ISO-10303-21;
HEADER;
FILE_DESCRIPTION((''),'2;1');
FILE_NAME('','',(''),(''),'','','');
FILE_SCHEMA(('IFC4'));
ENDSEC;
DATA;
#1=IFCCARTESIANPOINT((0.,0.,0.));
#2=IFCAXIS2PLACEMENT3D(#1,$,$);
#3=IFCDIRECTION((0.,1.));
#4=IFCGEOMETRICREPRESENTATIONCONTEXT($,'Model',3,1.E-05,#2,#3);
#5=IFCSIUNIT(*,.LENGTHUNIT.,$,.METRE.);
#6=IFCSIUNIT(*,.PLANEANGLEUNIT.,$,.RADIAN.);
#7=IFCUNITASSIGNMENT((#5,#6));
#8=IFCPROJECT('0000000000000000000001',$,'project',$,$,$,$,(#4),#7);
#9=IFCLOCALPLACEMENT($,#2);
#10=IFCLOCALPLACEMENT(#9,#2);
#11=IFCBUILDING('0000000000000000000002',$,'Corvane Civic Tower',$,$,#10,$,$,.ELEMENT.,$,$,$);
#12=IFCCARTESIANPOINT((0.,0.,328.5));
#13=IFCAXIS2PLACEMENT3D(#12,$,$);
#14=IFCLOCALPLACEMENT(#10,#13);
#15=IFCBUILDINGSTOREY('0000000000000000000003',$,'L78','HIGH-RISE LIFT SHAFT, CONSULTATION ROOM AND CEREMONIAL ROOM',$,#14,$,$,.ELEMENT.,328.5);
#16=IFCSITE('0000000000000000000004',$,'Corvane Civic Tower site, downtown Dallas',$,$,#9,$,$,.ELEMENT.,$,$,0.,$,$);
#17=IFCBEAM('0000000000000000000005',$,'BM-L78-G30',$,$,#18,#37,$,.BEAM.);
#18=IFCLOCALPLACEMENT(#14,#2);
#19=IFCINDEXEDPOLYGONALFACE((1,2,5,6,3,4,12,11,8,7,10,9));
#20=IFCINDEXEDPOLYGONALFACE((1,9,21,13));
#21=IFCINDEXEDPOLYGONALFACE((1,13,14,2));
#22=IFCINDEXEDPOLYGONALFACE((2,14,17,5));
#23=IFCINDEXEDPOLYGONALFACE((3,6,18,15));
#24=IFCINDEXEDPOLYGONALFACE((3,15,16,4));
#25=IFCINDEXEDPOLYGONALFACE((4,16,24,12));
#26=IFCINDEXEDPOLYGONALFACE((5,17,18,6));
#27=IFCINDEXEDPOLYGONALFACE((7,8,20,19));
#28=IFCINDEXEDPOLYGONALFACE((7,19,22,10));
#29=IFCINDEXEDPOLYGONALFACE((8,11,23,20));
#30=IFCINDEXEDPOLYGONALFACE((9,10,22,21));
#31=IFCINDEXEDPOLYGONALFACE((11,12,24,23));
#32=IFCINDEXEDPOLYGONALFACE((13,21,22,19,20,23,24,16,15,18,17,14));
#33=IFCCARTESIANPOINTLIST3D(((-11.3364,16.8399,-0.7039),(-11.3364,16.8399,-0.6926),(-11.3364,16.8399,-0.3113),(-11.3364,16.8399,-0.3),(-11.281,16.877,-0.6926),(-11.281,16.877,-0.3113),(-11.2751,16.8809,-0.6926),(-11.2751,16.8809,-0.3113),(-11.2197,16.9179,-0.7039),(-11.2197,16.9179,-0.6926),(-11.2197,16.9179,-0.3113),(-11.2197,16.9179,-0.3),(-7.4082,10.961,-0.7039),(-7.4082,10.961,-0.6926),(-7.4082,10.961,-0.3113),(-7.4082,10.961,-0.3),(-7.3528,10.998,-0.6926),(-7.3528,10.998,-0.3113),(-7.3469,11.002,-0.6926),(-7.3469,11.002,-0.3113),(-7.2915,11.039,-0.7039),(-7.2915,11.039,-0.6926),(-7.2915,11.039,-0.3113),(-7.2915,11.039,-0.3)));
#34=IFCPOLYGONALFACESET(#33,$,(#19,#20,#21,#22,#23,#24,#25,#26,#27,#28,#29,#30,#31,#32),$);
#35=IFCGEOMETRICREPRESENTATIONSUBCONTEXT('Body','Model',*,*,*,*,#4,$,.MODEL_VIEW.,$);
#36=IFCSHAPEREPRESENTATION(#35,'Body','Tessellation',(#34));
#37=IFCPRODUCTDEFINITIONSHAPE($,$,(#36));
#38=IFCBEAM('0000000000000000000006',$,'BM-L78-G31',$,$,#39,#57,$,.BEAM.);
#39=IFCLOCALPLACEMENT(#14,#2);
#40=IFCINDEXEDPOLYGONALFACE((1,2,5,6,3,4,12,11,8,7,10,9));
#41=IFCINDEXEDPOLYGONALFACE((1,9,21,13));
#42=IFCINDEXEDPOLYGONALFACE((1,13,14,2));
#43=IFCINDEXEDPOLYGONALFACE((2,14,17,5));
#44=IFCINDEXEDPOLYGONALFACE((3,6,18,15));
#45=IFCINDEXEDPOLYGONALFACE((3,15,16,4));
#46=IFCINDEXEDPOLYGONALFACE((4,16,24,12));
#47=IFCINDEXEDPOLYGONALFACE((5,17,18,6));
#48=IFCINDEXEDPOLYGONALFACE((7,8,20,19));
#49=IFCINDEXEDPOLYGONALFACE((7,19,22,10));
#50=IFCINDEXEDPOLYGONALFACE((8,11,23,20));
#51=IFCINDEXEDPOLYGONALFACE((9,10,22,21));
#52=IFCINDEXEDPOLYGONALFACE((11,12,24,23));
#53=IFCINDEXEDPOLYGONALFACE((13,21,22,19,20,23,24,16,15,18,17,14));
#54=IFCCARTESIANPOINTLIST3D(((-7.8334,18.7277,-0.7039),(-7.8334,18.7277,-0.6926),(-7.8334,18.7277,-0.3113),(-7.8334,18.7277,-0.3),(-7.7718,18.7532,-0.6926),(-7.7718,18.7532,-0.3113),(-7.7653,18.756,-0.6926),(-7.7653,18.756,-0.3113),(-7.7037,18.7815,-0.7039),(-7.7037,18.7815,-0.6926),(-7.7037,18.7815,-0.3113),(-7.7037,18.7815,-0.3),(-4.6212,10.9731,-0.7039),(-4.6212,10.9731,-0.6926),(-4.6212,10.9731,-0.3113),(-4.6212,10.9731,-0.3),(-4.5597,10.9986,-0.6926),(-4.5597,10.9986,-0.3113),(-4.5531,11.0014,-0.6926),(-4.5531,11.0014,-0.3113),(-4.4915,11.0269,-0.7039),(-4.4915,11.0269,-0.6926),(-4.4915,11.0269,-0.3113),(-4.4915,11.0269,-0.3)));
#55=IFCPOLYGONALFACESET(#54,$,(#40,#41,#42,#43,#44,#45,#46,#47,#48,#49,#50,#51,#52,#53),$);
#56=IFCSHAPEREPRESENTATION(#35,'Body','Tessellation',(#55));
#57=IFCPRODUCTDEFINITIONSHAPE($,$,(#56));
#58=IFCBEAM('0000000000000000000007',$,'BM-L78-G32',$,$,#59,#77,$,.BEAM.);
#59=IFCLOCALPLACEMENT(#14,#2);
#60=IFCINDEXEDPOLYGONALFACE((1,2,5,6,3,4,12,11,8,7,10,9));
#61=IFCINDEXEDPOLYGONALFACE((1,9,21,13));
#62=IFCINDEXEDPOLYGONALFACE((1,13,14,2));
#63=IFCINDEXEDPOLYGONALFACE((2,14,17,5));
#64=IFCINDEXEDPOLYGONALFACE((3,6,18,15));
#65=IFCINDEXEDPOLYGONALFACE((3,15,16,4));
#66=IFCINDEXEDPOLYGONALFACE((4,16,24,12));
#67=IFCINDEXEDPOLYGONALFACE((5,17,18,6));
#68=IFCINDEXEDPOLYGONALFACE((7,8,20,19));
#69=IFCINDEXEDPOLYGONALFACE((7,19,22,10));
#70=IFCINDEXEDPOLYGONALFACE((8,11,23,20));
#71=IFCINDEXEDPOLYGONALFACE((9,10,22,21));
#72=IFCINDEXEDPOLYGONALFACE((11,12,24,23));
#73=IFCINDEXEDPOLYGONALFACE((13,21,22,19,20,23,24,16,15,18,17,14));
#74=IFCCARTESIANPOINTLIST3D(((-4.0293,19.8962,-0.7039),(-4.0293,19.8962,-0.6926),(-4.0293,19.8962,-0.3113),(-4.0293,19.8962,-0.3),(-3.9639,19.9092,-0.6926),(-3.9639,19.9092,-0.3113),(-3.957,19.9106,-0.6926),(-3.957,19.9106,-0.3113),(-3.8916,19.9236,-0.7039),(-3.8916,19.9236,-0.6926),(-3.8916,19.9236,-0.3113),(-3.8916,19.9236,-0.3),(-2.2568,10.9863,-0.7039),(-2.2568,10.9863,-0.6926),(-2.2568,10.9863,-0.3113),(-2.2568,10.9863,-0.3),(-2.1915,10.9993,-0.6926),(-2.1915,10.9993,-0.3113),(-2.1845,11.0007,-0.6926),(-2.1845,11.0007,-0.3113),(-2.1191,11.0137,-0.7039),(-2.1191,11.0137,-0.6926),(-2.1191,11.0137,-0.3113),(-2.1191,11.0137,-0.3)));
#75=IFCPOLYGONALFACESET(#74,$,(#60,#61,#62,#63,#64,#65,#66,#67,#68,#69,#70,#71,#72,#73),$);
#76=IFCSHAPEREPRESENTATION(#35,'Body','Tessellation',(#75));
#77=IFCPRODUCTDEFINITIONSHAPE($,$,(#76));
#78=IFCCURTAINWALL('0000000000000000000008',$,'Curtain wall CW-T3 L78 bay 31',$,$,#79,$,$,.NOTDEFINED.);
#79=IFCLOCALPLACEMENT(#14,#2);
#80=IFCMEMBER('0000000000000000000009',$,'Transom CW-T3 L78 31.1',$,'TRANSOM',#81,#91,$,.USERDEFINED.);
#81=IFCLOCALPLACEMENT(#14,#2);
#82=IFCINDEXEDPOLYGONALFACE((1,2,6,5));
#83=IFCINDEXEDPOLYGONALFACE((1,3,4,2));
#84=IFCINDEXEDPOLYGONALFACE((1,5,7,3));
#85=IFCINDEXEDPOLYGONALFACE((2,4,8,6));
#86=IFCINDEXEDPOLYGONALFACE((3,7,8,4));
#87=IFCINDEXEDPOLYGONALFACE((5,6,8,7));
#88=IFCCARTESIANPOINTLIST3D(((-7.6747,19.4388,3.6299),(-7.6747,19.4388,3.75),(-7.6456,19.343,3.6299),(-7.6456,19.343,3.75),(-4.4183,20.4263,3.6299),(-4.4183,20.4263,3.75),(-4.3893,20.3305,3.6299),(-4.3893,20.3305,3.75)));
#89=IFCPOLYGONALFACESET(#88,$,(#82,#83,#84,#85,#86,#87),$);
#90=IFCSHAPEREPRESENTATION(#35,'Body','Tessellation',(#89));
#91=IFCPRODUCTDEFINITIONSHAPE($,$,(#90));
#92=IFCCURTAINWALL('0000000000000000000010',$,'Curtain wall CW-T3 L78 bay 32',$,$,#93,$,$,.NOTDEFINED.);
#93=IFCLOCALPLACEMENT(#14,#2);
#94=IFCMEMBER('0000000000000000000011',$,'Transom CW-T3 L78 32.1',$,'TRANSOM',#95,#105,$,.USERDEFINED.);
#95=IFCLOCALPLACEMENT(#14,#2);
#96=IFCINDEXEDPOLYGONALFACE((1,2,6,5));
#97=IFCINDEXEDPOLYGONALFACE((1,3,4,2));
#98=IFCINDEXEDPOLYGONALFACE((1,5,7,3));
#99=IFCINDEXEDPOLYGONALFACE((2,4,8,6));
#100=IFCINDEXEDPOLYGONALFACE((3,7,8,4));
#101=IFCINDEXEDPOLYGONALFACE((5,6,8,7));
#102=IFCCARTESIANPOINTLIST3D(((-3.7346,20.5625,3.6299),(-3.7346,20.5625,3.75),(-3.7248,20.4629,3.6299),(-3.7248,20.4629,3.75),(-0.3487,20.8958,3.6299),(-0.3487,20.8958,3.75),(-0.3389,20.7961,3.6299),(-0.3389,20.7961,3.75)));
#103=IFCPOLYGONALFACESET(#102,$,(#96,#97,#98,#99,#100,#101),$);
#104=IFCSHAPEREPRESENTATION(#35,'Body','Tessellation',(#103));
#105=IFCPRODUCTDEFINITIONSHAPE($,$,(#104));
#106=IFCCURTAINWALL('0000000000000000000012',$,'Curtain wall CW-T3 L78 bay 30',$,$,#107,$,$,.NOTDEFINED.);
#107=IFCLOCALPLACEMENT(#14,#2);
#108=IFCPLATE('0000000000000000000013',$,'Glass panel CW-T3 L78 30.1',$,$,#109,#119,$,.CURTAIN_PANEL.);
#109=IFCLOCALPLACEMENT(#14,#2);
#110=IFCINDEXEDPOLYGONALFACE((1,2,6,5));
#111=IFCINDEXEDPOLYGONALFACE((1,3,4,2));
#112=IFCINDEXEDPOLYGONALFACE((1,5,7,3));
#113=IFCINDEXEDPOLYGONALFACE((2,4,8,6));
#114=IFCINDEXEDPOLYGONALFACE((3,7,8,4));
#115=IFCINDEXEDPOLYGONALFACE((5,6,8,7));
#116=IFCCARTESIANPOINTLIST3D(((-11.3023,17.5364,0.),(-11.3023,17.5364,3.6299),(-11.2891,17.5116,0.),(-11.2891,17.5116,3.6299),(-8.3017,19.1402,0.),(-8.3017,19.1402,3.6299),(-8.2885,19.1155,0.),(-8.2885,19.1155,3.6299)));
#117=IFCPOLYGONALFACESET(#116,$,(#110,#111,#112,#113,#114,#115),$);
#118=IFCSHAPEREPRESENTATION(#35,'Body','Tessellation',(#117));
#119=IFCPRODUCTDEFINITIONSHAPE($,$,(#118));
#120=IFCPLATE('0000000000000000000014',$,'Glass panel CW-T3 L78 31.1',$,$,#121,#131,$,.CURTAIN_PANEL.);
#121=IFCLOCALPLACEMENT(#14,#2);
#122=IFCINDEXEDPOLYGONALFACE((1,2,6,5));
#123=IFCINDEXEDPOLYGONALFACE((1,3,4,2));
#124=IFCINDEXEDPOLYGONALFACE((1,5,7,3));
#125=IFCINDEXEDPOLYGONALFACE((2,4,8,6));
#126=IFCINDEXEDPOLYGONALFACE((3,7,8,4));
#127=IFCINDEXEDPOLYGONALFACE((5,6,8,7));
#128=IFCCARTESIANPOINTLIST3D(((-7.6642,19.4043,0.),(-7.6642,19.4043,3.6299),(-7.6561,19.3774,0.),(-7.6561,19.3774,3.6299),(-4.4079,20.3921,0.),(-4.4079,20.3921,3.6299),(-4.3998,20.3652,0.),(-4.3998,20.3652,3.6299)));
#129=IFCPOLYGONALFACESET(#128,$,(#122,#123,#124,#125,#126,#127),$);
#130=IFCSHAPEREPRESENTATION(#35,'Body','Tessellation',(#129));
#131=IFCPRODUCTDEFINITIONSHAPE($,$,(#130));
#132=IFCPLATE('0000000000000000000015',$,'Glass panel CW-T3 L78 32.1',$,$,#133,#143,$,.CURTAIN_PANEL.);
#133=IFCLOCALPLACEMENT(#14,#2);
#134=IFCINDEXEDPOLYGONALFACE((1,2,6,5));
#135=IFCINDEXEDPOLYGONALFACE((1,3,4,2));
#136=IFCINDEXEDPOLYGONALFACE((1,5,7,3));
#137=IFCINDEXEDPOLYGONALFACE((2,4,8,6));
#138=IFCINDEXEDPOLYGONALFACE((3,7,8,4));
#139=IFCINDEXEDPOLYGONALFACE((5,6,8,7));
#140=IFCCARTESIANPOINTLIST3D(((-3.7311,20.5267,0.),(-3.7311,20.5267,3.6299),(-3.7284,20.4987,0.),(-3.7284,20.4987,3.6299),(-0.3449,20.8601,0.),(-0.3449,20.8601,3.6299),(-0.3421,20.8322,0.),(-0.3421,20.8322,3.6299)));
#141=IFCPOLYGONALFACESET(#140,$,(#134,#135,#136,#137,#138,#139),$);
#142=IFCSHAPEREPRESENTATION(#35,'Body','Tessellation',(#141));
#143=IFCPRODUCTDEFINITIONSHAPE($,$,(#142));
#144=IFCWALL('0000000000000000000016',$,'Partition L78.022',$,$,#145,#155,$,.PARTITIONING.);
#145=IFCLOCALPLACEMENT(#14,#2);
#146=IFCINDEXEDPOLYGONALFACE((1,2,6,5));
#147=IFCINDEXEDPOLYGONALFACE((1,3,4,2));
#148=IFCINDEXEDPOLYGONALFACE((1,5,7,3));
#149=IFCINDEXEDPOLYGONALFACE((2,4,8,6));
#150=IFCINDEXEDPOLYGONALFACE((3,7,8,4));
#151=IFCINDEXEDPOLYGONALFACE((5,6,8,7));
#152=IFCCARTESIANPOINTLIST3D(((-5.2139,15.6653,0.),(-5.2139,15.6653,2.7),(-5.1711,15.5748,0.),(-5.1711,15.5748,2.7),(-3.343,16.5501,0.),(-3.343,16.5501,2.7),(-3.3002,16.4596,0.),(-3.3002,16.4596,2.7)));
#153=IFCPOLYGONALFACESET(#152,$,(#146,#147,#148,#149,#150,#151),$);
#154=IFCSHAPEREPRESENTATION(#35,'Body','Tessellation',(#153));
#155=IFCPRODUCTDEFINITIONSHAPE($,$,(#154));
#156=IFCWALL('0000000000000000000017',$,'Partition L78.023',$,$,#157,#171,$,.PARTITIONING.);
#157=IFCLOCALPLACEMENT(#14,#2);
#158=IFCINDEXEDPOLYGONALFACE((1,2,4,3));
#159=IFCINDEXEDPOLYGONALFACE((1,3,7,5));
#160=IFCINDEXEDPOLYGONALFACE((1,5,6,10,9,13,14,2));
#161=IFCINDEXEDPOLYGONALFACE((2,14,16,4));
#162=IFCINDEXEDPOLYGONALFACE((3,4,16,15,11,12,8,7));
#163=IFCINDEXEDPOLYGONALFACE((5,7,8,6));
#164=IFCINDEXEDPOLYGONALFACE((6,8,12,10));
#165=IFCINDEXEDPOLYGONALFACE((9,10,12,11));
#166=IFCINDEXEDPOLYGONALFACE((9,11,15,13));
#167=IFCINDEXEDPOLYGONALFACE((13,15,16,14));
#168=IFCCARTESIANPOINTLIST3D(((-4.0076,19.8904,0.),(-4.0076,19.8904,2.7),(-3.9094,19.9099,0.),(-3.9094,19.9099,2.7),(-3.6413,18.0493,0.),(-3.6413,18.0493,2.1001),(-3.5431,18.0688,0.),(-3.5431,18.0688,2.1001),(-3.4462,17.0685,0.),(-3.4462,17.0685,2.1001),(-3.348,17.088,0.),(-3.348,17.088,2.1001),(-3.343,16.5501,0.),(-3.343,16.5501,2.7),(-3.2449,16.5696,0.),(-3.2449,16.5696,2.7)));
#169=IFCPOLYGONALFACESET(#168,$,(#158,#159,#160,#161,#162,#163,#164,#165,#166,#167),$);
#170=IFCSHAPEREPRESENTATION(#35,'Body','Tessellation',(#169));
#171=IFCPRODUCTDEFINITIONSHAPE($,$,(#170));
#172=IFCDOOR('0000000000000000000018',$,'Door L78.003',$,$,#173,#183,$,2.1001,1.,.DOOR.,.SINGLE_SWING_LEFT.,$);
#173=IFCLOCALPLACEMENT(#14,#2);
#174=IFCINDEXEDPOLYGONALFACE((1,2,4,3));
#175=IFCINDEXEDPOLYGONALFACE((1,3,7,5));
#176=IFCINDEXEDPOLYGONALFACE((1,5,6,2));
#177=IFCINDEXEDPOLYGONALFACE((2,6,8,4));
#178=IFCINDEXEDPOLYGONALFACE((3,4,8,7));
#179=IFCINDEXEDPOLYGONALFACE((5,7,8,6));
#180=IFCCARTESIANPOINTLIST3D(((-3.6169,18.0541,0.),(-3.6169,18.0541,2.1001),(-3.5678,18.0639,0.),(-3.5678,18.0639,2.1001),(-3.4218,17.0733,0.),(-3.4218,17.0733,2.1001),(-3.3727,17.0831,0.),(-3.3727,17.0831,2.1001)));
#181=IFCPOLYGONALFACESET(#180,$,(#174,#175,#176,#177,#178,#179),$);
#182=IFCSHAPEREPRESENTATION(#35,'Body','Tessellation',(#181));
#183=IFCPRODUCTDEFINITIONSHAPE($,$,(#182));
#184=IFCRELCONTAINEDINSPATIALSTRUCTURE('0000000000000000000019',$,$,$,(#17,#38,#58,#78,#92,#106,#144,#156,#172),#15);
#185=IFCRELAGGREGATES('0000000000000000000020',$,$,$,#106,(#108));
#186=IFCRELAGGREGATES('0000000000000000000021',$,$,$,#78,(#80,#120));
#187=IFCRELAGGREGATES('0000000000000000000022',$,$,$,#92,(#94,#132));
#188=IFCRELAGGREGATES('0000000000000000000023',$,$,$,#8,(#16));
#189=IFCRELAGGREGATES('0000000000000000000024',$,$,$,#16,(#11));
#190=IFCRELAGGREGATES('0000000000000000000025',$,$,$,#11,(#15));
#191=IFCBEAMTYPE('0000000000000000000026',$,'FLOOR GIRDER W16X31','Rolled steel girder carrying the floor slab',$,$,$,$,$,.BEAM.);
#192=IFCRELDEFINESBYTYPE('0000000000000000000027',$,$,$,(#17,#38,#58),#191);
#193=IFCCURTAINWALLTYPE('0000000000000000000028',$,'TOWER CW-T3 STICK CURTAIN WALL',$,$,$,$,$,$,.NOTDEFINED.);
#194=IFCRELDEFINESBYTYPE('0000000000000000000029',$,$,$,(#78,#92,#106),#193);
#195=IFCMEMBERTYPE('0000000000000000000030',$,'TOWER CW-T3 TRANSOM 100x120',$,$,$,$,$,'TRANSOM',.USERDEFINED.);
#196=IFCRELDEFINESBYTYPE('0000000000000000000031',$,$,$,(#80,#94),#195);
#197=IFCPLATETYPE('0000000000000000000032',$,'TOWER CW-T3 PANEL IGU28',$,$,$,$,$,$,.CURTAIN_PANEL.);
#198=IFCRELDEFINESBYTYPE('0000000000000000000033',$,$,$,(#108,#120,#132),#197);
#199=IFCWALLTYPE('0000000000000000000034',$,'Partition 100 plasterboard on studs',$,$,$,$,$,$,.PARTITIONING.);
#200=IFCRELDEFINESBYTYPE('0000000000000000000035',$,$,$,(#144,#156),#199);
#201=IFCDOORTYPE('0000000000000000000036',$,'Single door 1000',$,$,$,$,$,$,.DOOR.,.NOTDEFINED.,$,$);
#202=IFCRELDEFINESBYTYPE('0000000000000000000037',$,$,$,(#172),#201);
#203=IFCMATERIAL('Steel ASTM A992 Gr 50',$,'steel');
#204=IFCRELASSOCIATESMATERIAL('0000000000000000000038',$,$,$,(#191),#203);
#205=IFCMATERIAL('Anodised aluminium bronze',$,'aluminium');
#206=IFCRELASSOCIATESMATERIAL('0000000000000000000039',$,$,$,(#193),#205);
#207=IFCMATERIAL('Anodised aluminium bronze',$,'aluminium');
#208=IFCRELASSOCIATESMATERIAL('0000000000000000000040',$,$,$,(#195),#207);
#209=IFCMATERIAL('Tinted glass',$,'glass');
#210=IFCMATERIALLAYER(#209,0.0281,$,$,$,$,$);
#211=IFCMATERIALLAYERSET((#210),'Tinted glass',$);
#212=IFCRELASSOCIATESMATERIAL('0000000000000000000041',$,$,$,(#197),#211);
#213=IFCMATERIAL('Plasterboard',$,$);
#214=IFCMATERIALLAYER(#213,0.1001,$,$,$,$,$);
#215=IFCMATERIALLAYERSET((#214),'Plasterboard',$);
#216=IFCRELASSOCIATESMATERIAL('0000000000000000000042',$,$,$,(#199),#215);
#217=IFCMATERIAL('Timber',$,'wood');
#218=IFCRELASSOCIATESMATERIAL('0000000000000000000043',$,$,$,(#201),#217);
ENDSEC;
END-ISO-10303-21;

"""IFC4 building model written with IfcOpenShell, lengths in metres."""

from ifc_helpers import new_model, si_unit, direction, frame, frame_2d, origin, origin_2d, place, context, subcontext, project, spatial, rectangle, i_section, extrude, material, layer, layer_set, material_profile, profile_set, type_object, element, fill, aggregate, save


model = new_model("IFC4")

# Units and contexts
model_context = context("Model", 3, precision=1e-05, world=origin(), true_north=direction((0.0, 1.0)))
body_context = subcontext(model_context, "Body", "Model", "MODEL_VIEW")
ifc_project = project(units=[si_unit("LENGTHUNIT", "METRE"), si_unit("PLANEANGLEUNIT", "RADIAN")], contexts=[model_context])

# Site, building, storey
site_placement = place(None, origin())
site = spatial("IfcSite", under=ifc_project, at=site_placement, Name="Corvane Civic Tower site, downtown Dallas", CompositionType="ELEMENT", RefElevation=0.0)
building_placement = place(site_placement, origin())
building = spatial("IfcBuilding", under=site, at=building_placement, Name="Corvane Civic Tower", CompositionType="ELEMENT")
storey_placement = place(building_placement, frame((0.0, 0.0, 328.5)))
storey = spatial("IfcBuildingStorey", under=building, at=storey_placement, Name="L78", Description="HIGH-RISE LIFT SHAFT, CONSULTATION ROOM AND CEREMONIAL ROOM", CompositionType="ELEMENT", Elevation=328.5)

# Beams
ifc_material_1 = material(Name="Steel ASTM A992 Gr 50", Category="steel")
ifc_material_profile_1 = material_profile(ifc_material_1, i_section(OverallWidth=0.1404, OverallDepth=0.4038, WebThickness=0.0071, FlangeThickness=0.0112, at=origin_2d()), Name="W16X31")
ifc_profile_set_1 = profile_set([ifc_material_profile_1], Name="Steel ASTM A992 Gr 50")
beam_type_1 = type_object("IfcBeamType", Name="FLOOR GIRDER W16X31", Description="Rolled steel girder carrying the floor slab", PredefinedType="BEAM", material=ifc_profile_set_1)
beam_1_placement = place(storey_placement, frame((-7.3499, 11.0, -0.502), z_axis=(-0.555576, 0.831465, 0.0), x_axis=(-0.831465, -0.555576, 0.0)))
element("IfcBeam", 1, at=beam_1_placement, inside=storey, type_object=beam_type_1, Name="BM-L78-G30", PredefinedType="BEAM", context=body_context, shape_type="SweptSolid", body=[
    extrude(i_section(OverallWidth=0.1404, OverallDepth=0.4038, WebThickness=0.0071, FlangeThickness=0.0112, at=origin_2d()), origin(), (0.0, 0.0, 1.0), 7.0706),
])
beam_2_placement = place(storey_placement, frame((-4.5564, 11.0, -0.502), z_axis=(-0.382692, 0.923876, 0.0), x_axis=(-0.923876, -0.382692, 0.0)))
element("IfcBeam", 2, at=beam_2_placement, inside=storey, type_object=beam_type_1, Name="BM-L78-G31", PredefinedType="BEAM", context=body_context, shape_type="SweptSolid", body=[
    extrude(i_section(OverallWidth=0.1404, OverallDepth=0.4038, WebThickness=0.0071, FlangeThickness=0.0112, at=origin_2d()), origin(), (0.0, 0.0, 1.0), 8.3936),
])
beam_3_placement = place(storey_placement, frame((-2.188, 11.0, -0.502), z_axis=(-0.195108, 0.980782, 0.0), x_axis=(-0.980782, -0.195108, 0.0)))
element("IfcBeam", 3, at=beam_3_placement, inside=storey, type_object=beam_type_1, Name="BM-L78-G32", PredefinedType="BEAM", context=body_context, shape_type="SweptSolid", body=[
    extrude(i_section(OverallWidth=0.1404, OverallDepth=0.4038, WebThickness=0.0071, FlangeThickness=0.0112, at=origin_2d()), origin(), (0.0, 0.0, 1.0), 9.0845),
])

# Curtain walls, members
ifc_material_2 = material(Name="Anodised aluminium bronze", Category="aluminium")
curtain_wall_type = type_object("IfcCurtainWallType", Name="TOWER CW-T3 STICK CURTAIN WALL", PredefinedType="NOTDEFINED", material=ifc_material_2)
curtain_wall_1_placement = place(storey_placement, origin())
curtain_wall_1 = element("IfcCurtainWall", 4, at=curtain_wall_1_placement, inside=storey, type_object=curtain_wall_type, Name="Curtain wall CW-T3 L78 bay 31", PredefinedType="NOTDEFINED")
ifc_material_3 = material(Name="Anodised aluminium bronze", Category="aluminium")
ifc_material_profile_2 = material_profile(ifc_material_3, rectangle(XDim=0.1001, YDim=0.1201, at=origin_2d()), Name="TOWER CW-T3 TRANSOM 100x120")
ifc_profile_set_2 = profile_set([ifc_material_profile_2], Name="Anodised aluminium bronze")
member_type = type_object("IfcMemberType", Name="TOWER CW-T3 TRANSOM 100x120", ElementType="TRANSOM", PredefinedType="USERDEFINED", material=ifc_profile_set_2)
member_1_placement = place(storey_placement, frame((-7.6602, 19.3909, 3.6899), z_axis=(0.956961, 0.290216, 0.0), x_axis=(-0.290216, 0.956961, 0.0)))
member_1 = element("IfcMember", 5, at=member_1_placement, type_object=member_type, Name="Transom CW-T3 L78 31.1", ObjectType="TRANSOM", PredefinedType="USERDEFINED", context=body_context, shape_type="SweptSolid", body=[
    extrude(rectangle(XDim=0.1001, YDim=0.1201, at=origin_2d()), origin(), (0.0, 0.0, 1.0), 3.4028),
])
curtain_wall_2_placement = place(storey_placement, origin())
curtain_wall_2 = element("IfcCurtainWall", 6, at=curtain_wall_2_placement, inside=storey, type_object=curtain_wall_type, Name="Curtain wall CW-T3 L78 bay 32", PredefinedType="NOTDEFINED")
member_2_placement = place(storey_placement, frame((-3.7297, 20.5127, 3.6899), z_axis=(0.995192, 0.097948, 0.0), x_axis=(-0.097948, 0.995192, 0.0)))
member_2 = element("IfcMember", 7, at=member_2_placement, type_object=member_type, Name="Transom CW-T3 L78 32.1", ObjectType="TRANSOM", PredefinedType="USERDEFINED", context=body_context, shape_type="SweptSolid", body=[
    extrude(rectangle(XDim=0.1001, YDim=0.1201, at=origin_2d()), origin(), (0.0, 0.0, 1.0), 3.4023),
])

# Curtain wall, plate
curtain_wall_3_placement = place(storey_placement, origin())
curtain_wall_3 = element("IfcCurtainWall", 8, at=curtain_wall_3_placement, inside=storey, type_object=curtain_wall_type, Name="Curtain wall CW-T3 L78 bay 30", PredefinedType="NOTDEFINED")
ifc_material_4 = material(Name="Tinted glass", Category="glass")
ifc_layer_1 = layer(ifc_material_4, 0.0281)
ifc_layer_set_1 = layer_set([ifc_layer_1], Name="Tinted glass")
plate_type = type_object("IfcPlateType", Name="TOWER CW-T3 PANEL IGU28", PredefinedType="CURTAIN_PANEL", material=ifc_layer_set_1)
plate_1_placement = place(storey_placement, frame((-9.7954, 18.3259, 0.0), z_axis=(0.0, 0.0, 1.0), x_axis=(0.881928, 0.471384, 0.0)))
plate_1 = element("IfcPlate", 9, at=plate_1_placement, type_object=plate_type, Name="Glass panel CW-T3 L78 30.1", PredefinedType="CURTAIN_PANEL", context=body_context, shape_type="SweptSolid", body=[
    extrude(rectangle(XDim=3.4023, YDim=0.0281, at=origin_2d()), origin(), (0.0, 0.0, 1.0), 3.6299),
])
aggregate(curtain_wall_3, [plate_1])

# Plates
plate_2_placement = place(storey_placement, frame((-6.032, 19.8848, 0.0), z_axis=(0.0, 0.0, 1.0), x_axis=(0.956939, 0.29029, 0.0)))
plate_2 = element("IfcPlate", 10, at=plate_2_placement, type_object=plate_type, Name="Glass panel CW-T3 L78 31.1", PredefinedType="CURTAIN_PANEL", context=body_context, shape_type="SweptSolid", body=[
    extrude(rectangle(XDim=3.4028, YDim=0.0281, at=origin_2d()), origin(), (0.0, 0.0, 1.0), 3.6299),
])
aggregate(curtain_wall_1, [member_1, plate_2])
plate_3_placement = place(storey_placement, frame((-2.0366, 20.6794, 0.0), z_axis=(0.0, 0.0, 1.0), x_axis=(0.995187, 0.097998, 0.0)))
plate_3 = element("IfcPlate", 11, at=plate_3_placement, type_object=plate_type, Name="Glass panel CW-T3 L78 32.1", PredefinedType="CURTAIN_PANEL", context=body_context, shape_type="SweptSolid", body=[
    extrude(rectangle(XDim=3.4026, YDim=0.0281, at=origin_2d()), origin(), (0.0, 0.0, 1.0), 3.6299),
])
aggregate(curtain_wall_2, [member_2, plate_3])

# Wall
ifc_material_5 = material(Name="Plasterboard")
ifc_layer_2 = layer(ifc_material_5, 0.1001)
ifc_layer_set_2 = layer_set([ifc_layer_2], Name="Plasterboard")
wall_type = type_object("IfcWallType", Name="Partition 100 plasterboard on studs", PredefinedType="PARTITIONING", material=ifc_layer_set_2)
wall_1_placement = place(storey_placement, frame((-5.1924, 15.6201, 0.0), z_axis=(0.0, 0.0, 1.0), x_axis=(0.904004, 0.427523, 0.0)))
element("IfcWall", 12, at=wall_1_placement, inside=storey, type_object=wall_type, Name="Partition L78.022", PredefinedType="PARTITIONING", context=body_context, shape_type="SweptSolid", body=[
    extrude(rectangle(XDim=2.0696, YDim=0.1001, at=frame_2d((1.0347, 0.0))), origin(), (0.0, 0.0, 1.0), 2.7),
])

# Wall, opening, door
wall_2_placement = place(storey_placement, frame((-3.9585, 19.9001, 0.0), z_axis=(0.0, 0.0, 1.0), x_axis=(0.195123, -0.980779, 0.0)))
wall_2 = element("IfcWall", 13, at=wall_2_placement, inside=storey, type_object=wall_type, Name="Partition L78.023", PredefinedType="PARTITIONING", context=body_context, shape_type="SweptSolid", body=[
    extrude(rectangle(XDim=3.4058, YDim=0.1001, at=frame_2d((1.7029, 0.0))), origin(), (0.0, 0.0, 1.0), 2.7),
])
opening_placement = place(wall_2_placement, frame((1.8772, 0.0, 0.0)))
opening = element("IfcOpeningElement", 14, at=opening_placement, cuts=wall_2, PredefinedType="OPENING", context=body_context, shape_type="SweptSolid", body=[
    extrude(rectangle(XDim=1.0, YDim=2.1001, at=frame_2d((0.5, 1.05))), frame((0.0, 0.0601, 0.0), z_axis=(0.0, -1.0, 0.0), x_axis=(1.0, 0.0, 0.0)), (0.0, 0.0, 1.0), 0.1201),
])
ifc_material_6 = material(Name="Timber", Category="wood")
door_type = type_object("IfcDoorType", Name="Single door 1000", OperationType="NOTDEFINED", PredefinedType="DOOR", material=ifc_material_6)
door_placement = place(opening_placement, origin())
door = element("IfcDoor", 15, at=door_placement, inside=storey, type_object=door_type, Name="Door L78.003", OperationType="SINGLE_SWING_LEFT", OverallHeight=2.1001, OverallWidth=1.0, PredefinedType="DOOR", context=body_context, shape_type="SweptSolid", body=[
    extrude(rectangle(XDim=1.0, YDim=2.1001, at=frame_2d((0.5, 1.05))), frame((0.0, 0.0249, 0.0), z_axis=(0.0, -1.0, 0.0), x_axis=(1.0, 0.0, 0.0)), (0.0, 0.0, 1.0), 0.05),
])
fill(opening, door)

save(model, "model.ifc")
